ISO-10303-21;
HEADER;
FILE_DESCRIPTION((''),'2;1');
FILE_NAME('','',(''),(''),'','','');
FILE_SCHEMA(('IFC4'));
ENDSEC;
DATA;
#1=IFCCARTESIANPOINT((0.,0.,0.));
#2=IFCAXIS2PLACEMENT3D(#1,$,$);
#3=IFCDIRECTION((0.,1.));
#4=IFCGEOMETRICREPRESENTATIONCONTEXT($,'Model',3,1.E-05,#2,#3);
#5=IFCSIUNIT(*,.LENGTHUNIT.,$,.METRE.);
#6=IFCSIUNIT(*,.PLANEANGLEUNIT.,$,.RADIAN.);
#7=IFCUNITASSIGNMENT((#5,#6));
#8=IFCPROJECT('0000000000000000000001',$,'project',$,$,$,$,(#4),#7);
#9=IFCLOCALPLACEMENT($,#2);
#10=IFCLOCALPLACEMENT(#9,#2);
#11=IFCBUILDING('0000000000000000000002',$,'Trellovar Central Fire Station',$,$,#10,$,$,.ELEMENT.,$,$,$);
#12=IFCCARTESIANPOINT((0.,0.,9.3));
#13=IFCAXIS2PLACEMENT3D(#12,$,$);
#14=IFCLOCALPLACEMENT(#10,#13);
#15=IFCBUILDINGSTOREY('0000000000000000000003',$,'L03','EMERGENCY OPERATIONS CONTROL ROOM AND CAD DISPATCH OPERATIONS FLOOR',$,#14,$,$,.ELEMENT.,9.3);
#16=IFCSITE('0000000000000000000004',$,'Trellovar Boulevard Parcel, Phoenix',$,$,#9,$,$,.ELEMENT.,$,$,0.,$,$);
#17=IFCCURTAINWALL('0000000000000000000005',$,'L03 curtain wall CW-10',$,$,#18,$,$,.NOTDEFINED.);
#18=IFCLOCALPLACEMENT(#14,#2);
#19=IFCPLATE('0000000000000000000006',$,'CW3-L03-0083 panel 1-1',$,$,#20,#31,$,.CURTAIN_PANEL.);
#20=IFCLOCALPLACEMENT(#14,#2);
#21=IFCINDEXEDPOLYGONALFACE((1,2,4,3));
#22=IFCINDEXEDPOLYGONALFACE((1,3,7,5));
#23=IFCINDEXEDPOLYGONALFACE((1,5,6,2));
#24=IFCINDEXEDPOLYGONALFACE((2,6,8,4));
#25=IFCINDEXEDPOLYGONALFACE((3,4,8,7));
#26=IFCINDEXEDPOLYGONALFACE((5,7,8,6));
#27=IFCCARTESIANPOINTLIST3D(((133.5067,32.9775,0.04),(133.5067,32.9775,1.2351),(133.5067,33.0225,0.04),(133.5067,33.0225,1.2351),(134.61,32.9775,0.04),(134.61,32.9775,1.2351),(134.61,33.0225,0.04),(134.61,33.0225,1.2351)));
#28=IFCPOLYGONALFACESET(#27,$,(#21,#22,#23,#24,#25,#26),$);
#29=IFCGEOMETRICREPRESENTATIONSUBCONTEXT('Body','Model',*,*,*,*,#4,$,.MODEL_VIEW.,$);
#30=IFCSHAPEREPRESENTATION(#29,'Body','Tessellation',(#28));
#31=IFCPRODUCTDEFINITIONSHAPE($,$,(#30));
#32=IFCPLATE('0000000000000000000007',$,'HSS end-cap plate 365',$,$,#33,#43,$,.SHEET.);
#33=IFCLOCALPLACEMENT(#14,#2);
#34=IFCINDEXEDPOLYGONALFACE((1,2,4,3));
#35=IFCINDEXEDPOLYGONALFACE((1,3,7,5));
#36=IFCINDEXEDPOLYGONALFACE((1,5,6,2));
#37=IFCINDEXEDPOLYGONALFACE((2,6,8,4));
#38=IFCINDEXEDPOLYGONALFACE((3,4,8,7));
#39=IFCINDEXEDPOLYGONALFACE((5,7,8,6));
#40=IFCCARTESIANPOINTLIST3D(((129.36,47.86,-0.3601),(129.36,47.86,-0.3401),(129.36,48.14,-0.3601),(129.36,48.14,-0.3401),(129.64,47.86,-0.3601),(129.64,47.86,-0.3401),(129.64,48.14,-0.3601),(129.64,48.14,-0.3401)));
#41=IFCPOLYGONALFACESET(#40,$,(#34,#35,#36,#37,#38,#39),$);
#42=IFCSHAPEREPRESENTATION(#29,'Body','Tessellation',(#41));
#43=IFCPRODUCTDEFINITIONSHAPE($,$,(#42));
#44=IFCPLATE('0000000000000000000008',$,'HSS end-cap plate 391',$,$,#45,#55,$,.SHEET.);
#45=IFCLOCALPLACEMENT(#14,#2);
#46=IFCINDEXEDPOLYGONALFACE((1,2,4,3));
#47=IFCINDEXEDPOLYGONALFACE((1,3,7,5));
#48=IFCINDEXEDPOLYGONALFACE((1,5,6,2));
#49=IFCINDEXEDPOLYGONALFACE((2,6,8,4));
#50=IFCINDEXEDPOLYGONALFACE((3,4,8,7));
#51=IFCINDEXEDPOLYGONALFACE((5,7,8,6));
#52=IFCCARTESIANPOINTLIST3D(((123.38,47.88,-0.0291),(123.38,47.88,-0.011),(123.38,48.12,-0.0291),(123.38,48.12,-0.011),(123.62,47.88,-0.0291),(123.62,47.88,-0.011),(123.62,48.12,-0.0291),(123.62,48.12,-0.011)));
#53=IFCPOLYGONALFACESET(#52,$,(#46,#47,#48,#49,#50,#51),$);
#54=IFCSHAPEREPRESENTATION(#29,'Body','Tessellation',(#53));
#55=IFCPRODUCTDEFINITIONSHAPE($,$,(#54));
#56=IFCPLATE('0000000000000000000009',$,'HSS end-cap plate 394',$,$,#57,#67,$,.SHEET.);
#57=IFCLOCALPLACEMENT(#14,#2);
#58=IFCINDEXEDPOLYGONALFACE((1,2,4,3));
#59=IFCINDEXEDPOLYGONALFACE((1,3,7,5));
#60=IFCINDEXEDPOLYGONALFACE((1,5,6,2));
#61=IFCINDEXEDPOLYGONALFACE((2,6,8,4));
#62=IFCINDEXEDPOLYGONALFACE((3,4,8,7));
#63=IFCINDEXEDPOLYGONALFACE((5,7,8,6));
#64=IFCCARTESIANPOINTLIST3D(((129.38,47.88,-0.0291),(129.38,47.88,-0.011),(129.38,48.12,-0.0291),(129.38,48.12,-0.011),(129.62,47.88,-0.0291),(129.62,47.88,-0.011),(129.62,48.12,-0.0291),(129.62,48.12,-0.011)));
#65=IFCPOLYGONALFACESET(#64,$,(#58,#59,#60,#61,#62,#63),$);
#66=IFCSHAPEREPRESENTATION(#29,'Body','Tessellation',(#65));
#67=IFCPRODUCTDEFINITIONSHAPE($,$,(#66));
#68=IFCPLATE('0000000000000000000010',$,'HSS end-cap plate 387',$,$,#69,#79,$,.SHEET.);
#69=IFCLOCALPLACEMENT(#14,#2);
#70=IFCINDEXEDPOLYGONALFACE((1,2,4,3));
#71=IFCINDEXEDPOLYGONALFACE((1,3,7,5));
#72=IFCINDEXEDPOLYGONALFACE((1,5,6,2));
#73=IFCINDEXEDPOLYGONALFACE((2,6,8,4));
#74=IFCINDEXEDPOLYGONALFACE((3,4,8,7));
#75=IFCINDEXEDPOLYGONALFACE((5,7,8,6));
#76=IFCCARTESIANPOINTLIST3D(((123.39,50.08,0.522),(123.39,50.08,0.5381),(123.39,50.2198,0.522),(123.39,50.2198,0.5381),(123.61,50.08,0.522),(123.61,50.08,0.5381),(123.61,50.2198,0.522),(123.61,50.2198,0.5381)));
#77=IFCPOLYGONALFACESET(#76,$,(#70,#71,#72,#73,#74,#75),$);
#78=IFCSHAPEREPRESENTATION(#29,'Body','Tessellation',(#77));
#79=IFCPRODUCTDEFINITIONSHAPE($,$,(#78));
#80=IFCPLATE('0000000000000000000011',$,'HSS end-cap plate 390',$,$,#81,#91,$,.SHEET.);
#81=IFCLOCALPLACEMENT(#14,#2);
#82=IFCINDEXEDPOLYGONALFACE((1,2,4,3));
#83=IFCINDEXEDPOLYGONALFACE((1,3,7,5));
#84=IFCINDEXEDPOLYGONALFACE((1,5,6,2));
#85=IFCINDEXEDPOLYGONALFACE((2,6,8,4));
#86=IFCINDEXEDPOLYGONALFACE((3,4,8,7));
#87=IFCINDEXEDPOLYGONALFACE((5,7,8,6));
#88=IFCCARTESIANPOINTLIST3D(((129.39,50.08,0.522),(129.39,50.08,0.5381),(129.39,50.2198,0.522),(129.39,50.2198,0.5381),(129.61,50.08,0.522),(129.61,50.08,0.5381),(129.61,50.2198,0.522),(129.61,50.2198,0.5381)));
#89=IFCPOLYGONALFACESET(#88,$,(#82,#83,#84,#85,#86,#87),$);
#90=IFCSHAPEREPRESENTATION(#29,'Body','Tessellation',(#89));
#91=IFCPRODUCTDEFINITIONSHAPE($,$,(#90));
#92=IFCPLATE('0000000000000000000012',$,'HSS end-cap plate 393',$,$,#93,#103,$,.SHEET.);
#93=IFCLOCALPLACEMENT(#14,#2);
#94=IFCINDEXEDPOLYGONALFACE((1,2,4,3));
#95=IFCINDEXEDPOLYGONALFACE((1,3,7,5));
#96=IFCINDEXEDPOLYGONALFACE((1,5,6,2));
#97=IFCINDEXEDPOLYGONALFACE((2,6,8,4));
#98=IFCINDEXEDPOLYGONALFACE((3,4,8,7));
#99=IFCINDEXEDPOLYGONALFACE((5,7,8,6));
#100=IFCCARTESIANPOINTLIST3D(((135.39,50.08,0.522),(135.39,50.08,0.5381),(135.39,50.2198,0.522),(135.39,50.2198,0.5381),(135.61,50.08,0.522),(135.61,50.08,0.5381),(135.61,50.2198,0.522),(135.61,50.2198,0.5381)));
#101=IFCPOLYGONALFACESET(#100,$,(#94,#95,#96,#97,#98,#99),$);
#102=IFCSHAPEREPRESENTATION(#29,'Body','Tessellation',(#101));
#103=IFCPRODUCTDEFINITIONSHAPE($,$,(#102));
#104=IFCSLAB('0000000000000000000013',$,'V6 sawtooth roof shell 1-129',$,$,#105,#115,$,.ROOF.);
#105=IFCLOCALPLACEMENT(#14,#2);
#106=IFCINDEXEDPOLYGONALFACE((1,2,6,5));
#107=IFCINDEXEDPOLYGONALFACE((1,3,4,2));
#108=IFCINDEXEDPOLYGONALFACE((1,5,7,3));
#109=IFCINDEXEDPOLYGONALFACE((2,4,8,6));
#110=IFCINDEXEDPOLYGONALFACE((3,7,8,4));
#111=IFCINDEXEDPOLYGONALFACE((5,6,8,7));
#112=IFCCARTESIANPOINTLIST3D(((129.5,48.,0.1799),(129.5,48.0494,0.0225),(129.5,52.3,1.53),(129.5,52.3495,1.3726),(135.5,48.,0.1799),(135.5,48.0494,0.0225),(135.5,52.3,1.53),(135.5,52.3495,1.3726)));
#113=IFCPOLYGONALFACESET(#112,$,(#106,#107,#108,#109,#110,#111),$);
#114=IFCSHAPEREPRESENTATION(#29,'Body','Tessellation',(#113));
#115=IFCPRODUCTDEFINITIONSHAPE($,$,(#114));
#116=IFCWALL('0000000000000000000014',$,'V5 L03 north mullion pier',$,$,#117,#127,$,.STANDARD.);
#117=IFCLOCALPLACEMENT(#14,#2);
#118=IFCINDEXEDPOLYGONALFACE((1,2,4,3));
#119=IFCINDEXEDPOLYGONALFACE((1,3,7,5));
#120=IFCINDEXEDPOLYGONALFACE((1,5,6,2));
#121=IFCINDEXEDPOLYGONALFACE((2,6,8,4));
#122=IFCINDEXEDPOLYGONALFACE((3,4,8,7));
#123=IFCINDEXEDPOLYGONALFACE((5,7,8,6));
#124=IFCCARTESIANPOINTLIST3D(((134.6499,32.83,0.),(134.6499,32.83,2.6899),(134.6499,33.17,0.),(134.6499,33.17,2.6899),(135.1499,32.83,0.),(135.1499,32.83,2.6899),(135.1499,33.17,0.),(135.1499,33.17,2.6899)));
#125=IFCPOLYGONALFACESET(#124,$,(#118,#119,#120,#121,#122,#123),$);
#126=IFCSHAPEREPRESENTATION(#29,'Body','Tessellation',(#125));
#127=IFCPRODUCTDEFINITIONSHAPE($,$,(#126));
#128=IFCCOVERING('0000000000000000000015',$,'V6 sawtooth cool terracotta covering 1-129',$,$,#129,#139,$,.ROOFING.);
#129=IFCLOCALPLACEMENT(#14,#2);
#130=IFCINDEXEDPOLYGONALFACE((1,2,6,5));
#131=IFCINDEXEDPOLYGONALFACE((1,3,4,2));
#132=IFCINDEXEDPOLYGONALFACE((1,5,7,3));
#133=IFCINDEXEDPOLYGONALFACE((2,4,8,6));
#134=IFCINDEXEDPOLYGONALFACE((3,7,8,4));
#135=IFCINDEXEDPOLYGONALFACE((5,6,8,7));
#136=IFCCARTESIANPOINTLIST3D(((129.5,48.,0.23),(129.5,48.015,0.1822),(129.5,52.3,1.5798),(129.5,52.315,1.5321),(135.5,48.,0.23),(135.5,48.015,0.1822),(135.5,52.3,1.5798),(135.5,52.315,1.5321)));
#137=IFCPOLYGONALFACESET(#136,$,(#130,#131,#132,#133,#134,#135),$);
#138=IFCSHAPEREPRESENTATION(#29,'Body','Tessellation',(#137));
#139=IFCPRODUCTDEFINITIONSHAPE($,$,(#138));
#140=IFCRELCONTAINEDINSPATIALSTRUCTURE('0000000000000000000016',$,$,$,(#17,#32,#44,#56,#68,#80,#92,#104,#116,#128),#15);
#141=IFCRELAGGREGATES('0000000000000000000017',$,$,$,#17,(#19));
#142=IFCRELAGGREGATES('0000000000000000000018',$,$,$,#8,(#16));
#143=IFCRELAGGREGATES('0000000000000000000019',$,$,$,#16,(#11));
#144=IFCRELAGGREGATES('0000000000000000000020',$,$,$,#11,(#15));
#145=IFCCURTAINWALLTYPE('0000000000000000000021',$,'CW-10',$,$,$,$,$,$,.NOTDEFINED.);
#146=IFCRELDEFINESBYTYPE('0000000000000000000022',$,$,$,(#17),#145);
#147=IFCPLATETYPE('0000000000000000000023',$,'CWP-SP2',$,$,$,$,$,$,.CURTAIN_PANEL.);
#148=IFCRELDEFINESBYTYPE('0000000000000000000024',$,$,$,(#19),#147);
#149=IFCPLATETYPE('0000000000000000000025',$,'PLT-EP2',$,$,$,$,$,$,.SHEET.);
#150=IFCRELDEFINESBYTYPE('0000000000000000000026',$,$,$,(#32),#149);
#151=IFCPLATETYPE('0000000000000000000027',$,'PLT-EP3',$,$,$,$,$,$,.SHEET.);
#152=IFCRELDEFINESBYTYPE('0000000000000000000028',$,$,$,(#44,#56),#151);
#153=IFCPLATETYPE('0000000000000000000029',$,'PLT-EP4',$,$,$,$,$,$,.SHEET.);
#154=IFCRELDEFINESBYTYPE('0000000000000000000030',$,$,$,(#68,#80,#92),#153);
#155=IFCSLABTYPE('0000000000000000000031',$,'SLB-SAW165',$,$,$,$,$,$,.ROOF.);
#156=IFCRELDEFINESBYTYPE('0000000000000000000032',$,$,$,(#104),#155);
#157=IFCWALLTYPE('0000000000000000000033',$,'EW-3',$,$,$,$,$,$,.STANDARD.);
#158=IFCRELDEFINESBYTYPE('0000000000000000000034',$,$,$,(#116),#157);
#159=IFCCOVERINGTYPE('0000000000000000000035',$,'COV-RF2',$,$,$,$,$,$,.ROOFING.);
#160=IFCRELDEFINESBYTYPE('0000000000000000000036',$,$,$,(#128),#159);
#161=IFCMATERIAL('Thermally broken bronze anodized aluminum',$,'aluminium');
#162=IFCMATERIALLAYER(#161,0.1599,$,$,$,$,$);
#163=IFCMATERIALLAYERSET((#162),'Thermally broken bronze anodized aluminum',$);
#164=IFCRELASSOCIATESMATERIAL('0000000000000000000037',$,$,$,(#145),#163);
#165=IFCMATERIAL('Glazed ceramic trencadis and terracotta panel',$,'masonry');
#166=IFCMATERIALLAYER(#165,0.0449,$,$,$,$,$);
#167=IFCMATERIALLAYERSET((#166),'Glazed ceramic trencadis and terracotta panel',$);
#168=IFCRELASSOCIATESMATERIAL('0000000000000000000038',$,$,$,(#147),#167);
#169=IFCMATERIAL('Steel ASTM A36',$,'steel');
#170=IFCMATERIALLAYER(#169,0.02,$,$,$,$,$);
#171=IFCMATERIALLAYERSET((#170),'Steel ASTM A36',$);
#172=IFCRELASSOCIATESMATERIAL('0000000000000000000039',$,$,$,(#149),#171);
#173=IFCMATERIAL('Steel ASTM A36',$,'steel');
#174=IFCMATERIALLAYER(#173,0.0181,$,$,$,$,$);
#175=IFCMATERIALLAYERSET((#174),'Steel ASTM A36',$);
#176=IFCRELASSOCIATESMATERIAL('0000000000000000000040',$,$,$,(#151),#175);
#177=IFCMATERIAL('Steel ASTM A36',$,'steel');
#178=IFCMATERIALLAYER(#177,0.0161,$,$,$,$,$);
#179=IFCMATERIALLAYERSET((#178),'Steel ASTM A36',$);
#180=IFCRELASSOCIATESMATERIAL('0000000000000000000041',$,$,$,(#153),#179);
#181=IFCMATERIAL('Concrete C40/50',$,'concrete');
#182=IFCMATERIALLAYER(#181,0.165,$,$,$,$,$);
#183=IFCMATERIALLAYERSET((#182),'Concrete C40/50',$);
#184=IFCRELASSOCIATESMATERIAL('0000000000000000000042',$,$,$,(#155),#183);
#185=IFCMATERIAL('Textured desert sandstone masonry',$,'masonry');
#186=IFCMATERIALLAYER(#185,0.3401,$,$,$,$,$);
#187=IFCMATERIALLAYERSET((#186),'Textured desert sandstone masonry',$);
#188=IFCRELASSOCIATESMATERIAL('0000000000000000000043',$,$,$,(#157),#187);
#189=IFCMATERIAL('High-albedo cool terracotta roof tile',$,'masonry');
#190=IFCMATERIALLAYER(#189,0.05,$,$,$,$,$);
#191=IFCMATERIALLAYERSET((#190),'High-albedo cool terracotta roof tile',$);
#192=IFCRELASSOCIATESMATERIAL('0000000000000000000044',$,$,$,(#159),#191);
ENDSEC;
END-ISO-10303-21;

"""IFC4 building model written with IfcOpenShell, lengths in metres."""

from ifc_helpers import new_model, si_unit, direction, frame, frame_2d, origin, origin_2d, place, context, subcontext, project, spatial, polyline, rectangle, outline, extrude, material, layer, layer_set, type_object, element, aggregate, save


model = new_model("IFC4")

# Units and contexts
model_context = context("Model", 3, precision=1e-05, world=origin(), true_north=direction((0.0, 1.0)))
body_context = subcontext(model_context, "Body", "Model", "MODEL_VIEW")
ifc_project = project(units=[si_unit("LENGTHUNIT", "METRE"), si_unit("PLANEANGLEUNIT", "RADIAN")], contexts=[model_context])

# Site, building, storey
site_placement = place(None, origin())
site = spatial("IfcSite", under=ifc_project, at=site_placement, Name="Trellovar Boulevard Parcel, Phoenix", CompositionType="ELEMENT", RefElevation=0.0)
building_placement = place(site_placement, origin())
building = spatial("IfcBuilding", under=site, at=building_placement, Name="Trellovar Central Fire Station", CompositionType="ELEMENT")
storey_placement = place(building_placement, frame((0.0, 0.0, 9.3)))
storey = spatial("IfcBuildingStorey", under=building, at=storey_placement, Name="L03", Description="EMERGENCY OPERATIONS CONTROL ROOM AND CAD DISPATCH OPERATIONS FLOOR", CompositionType="ELEMENT", Elevation=9.3)

# Curtain wall
ifc_material_1 = material(Name="Thermally broken bronze anodized aluminum", Category="aluminium")
ifc_layer_1 = layer(ifc_material_1, 0.1599)
ifc_layer_set_1 = layer_set([ifc_layer_1], Name="Thermally broken bronze anodized aluminum")
curtain_wall_type_1 = type_object("IfcCurtainWallType", Name="CW-10", PredefinedType="NOTDEFINED", material=ifc_layer_set_1)
curtain_wall_1_placement = place(storey_placement, origin())
curtain_wall_1 = element("IfcCurtainWall", 1, at=curtain_wall_1_placement, inside=storey, type_object=curtain_wall_type_1, Name="L03 curtain wall CW-10", PredefinedType="NOTDEFINED")

# Plate
ifc_material_2 = material(Name="Glazed ceramic trencadis and terracotta panel", Category="masonry")
ifc_layer_2 = layer(ifc_material_2, 0.0449)
ifc_layer_set_2 = layer_set([ifc_layer_2], Name="Glazed ceramic trencadis and terracotta panel")
plate_type_1 = type_object("IfcPlateType", Name="CWP-SP2", PredefinedType="CURTAIN_PANEL", material=ifc_layer_set_2)
plate_1_placement = place(storey_placement, frame((134.0583, 33.0, 0.04), z_axis=(0.0, 0.0, 1.0), x_axis=(-1.0, 0.0, 0.0)))
plate_1 = element("IfcPlate", 2, at=plate_1_placement, type_object=plate_type_1, Name="CW3-L03-0083 panel 1-1", PredefinedType="CURTAIN_PANEL", context=body_context, shape_type="SweptSolid", body=[
    extrude(rectangle(XDim=1.1033, YDim=0.0449, at=origin_2d()), origin(), (0.0, 0.0, 1.0), 1.1951),
])
aggregate(curtain_wall_1, [plate_1])

# Plates
ifc_material_3 = material(Name="Steel ASTM A36", Category="steel")
ifc_layer_3 = layer(ifc_material_3, 0.02)
ifc_layer_set_3 = layer_set([ifc_layer_3], Name="Steel ASTM A36")
plate_type_2 = type_object("IfcPlateType", Name="PLT-EP2", PredefinedType="SHEET", material=ifc_layer_set_3)
plate_2_placement = place(storey_placement, frame((129.5, 48.0, -0.3601), z_axis=(0.0, 0.0, 1.0), x_axis=(1.0, 0.0, 0.0)))
element("IfcPlate", 3, at=plate_2_placement, inside=storey, type_object=plate_type_2, Name="HSS end-cap plate 365", PredefinedType="SHEET", context=body_context, shape_type="SweptSolid", body=[
    extrude(rectangle(XDim=0.28, YDim=0.28, at=origin_2d()), origin(), (0.0, 0.0, 1.0), 0.02),
])
ifc_material_4 = material(Name="Steel ASTM A36", Category="steel")
ifc_layer_4 = layer(ifc_material_4, 0.0181)
ifc_layer_set_4 = layer_set([ifc_layer_4], Name="Steel ASTM A36")
plate_type_3 = type_object("IfcPlateType", Name="PLT-EP3", PredefinedType="SHEET", material=ifc_layer_set_4)
for number, where, z_axis, x_axis, name in (
    (4, (123.5, 48.0, -0.0291), (0.0, 0.0, 1.0), (1.0, 0.0, 0.0), "HSS end-cap plate 391"),
    (5, (129.5, 48.0, -0.0291), (0.0, 0.0, 1.0), (1.0, 0.0, 0.0), "HSS end-cap plate 394"),
):
    element("IfcPlate", number, at=place(storey_placement, frame(where, z_axis=z_axis, x_axis=x_axis)), inside=storey, type_object=plate_type_3, Name=name, PredefinedType="SHEET", context=body_context, shape_type="SweptSolid", body=[
        extrude(rectangle(XDim=0.24, YDim=0.24, at=origin_2d()), origin(), (0.0, 0.0, 1.0), 0.0181),
    ])
ifc_material_5 = material(Name="Steel ASTM A36", Category="steel")
ifc_layer_5 = layer(ifc_material_5, 0.0161)
ifc_layer_set_5 = layer_set([ifc_layer_5], Name="Steel ASTM A36")
plate_type_4 = type_object("IfcPlateType", Name="PLT-EP4", PredefinedType="SHEET", material=ifc_layer_set_5)
for number, where, z_axis, x_axis, name in (
    (6, (123.5, 50.1499, 0.522), (0.0, 0.0, 1.0), (1.0, 0.0, 0.0), "HSS end-cap plate 387"),
    (7, (129.5, 50.1499, 0.522), (0.0, 0.0, 1.0), (1.0, 0.0, 0.0), "HSS end-cap plate 390"),
    (8, (135.5, 50.1499, 0.522), (0.0, 0.0, 1.0), (1.0, 0.0, 0.0), "HSS end-cap plate 393"),
):
    element("IfcPlate", number, at=place(storey_placement, frame(where, z_axis=z_axis, x_axis=x_axis)), inside=storey, type_object=plate_type_4, Name=name, PredefinedType="SHEET", context=body_context, shape_type="SweptSolid", body=[
        extrude(rectangle(XDim=0.22, YDim=0.1399, at=origin_2d()), origin(), (0.0, 0.0, 1.0), 0.0161),
    ])

# Slab
ifc_material_6 = material(Name="Concrete C40/50", Category="concrete")
ifc_layer_6 = layer(ifc_material_6, 0.165)
ifc_layer_set_6 = layer_set([ifc_layer_6], Name="Concrete C40/50")
slab_type = type_object("IfcSlabType", Name="SLB-SAW165", PredefinedType="ROOF", material=ifc_layer_set_6)
slab_placement = place(storey_placement, frame((129.5, 48.0, 0.1799), z_axis=(0.0, -0.299555, 0.954079), x_axis=(1.0, 0.0, 0.0)))
element("IfcSlab", 9, at=slab_placement, inside=storey, type_object=slab_type, Name="V6 sawtooth roof shell 1-129", PredefinedType="ROOF", context=body_context, shape_type="SweptSolid", body=[
    extrude(outline(polyline([(0.0, 0.0), (6.0, 0.0), (6.0, 4.507), (0.0, 4.507), (0.0, 0.0)])), origin(), (0.0, 0.0, -1.0), 0.165),
])

# Wall
ifc_material_7 = material(Name="Textured desert sandstone masonry", Category="masonry")
ifc_layer_7 = layer(ifc_material_7, 0.3401)
ifc_layer_set_7 = layer_set([ifc_layer_7], Name="Textured desert sandstone masonry")
wall_type = type_object("IfcWallType", Name="EW-3", PredefinedType="STANDARD", material=ifc_layer_set_7)
wall_placement = place(storey_placement, frame((135.1499, 33.0, 0.0), z_axis=(0.0, 0.0, 1.0), x_axis=(-1.0, 0.0, 0.0)))
element("IfcWall", 10, at=wall_placement, inside=storey, type_object=wall_type, Name="V5 L03 north mullion pier", PredefinedType="STANDARD", context=body_context, shape_type="SweptSolid", body=[
    extrude(rectangle(XDim=0.5, YDim=0.3401, at=frame_2d((0.25, 0.0))), origin(), (0.0, 0.0, 1.0), 2.6899),
])

# Covering
ifc_material_8 = material(Name="High-albedo cool terracotta roof tile", Category="masonry")
ifc_layer_8 = layer(ifc_material_8, 0.05)
ifc_layer_set_8 = layer_set([ifc_layer_8], Name="High-albedo cool terracotta roof tile")
covering_type = type_object("IfcCoveringType", Name="COV-RF2", PredefinedType="ROOFING", material=ifc_layer_set_8)
covering_placement = place(storey_placement, frame((129.5, 48.0, 0.23), z_axis=(0.0, -0.299505, 0.954095), x_axis=(1.0, 0.0, 0.0)))
element("IfcCovering", 11, at=covering_placement, inside=storey, type_object=covering_type, Name="V6 sawtooth cool terracotta covering 1-129", PredefinedType="ROOFING", context=body_context, shape_type="SweptSolid", body=[
    extrude(outline(polyline([(0.0, 0.0), (6.0, 0.0), (6.0, 4.5069), (0.0, 4.5069), (0.0, 0.0)])), origin(), (0.0, 0.0, -1.0), 0.05),
])

save(model, "model.ifc")
